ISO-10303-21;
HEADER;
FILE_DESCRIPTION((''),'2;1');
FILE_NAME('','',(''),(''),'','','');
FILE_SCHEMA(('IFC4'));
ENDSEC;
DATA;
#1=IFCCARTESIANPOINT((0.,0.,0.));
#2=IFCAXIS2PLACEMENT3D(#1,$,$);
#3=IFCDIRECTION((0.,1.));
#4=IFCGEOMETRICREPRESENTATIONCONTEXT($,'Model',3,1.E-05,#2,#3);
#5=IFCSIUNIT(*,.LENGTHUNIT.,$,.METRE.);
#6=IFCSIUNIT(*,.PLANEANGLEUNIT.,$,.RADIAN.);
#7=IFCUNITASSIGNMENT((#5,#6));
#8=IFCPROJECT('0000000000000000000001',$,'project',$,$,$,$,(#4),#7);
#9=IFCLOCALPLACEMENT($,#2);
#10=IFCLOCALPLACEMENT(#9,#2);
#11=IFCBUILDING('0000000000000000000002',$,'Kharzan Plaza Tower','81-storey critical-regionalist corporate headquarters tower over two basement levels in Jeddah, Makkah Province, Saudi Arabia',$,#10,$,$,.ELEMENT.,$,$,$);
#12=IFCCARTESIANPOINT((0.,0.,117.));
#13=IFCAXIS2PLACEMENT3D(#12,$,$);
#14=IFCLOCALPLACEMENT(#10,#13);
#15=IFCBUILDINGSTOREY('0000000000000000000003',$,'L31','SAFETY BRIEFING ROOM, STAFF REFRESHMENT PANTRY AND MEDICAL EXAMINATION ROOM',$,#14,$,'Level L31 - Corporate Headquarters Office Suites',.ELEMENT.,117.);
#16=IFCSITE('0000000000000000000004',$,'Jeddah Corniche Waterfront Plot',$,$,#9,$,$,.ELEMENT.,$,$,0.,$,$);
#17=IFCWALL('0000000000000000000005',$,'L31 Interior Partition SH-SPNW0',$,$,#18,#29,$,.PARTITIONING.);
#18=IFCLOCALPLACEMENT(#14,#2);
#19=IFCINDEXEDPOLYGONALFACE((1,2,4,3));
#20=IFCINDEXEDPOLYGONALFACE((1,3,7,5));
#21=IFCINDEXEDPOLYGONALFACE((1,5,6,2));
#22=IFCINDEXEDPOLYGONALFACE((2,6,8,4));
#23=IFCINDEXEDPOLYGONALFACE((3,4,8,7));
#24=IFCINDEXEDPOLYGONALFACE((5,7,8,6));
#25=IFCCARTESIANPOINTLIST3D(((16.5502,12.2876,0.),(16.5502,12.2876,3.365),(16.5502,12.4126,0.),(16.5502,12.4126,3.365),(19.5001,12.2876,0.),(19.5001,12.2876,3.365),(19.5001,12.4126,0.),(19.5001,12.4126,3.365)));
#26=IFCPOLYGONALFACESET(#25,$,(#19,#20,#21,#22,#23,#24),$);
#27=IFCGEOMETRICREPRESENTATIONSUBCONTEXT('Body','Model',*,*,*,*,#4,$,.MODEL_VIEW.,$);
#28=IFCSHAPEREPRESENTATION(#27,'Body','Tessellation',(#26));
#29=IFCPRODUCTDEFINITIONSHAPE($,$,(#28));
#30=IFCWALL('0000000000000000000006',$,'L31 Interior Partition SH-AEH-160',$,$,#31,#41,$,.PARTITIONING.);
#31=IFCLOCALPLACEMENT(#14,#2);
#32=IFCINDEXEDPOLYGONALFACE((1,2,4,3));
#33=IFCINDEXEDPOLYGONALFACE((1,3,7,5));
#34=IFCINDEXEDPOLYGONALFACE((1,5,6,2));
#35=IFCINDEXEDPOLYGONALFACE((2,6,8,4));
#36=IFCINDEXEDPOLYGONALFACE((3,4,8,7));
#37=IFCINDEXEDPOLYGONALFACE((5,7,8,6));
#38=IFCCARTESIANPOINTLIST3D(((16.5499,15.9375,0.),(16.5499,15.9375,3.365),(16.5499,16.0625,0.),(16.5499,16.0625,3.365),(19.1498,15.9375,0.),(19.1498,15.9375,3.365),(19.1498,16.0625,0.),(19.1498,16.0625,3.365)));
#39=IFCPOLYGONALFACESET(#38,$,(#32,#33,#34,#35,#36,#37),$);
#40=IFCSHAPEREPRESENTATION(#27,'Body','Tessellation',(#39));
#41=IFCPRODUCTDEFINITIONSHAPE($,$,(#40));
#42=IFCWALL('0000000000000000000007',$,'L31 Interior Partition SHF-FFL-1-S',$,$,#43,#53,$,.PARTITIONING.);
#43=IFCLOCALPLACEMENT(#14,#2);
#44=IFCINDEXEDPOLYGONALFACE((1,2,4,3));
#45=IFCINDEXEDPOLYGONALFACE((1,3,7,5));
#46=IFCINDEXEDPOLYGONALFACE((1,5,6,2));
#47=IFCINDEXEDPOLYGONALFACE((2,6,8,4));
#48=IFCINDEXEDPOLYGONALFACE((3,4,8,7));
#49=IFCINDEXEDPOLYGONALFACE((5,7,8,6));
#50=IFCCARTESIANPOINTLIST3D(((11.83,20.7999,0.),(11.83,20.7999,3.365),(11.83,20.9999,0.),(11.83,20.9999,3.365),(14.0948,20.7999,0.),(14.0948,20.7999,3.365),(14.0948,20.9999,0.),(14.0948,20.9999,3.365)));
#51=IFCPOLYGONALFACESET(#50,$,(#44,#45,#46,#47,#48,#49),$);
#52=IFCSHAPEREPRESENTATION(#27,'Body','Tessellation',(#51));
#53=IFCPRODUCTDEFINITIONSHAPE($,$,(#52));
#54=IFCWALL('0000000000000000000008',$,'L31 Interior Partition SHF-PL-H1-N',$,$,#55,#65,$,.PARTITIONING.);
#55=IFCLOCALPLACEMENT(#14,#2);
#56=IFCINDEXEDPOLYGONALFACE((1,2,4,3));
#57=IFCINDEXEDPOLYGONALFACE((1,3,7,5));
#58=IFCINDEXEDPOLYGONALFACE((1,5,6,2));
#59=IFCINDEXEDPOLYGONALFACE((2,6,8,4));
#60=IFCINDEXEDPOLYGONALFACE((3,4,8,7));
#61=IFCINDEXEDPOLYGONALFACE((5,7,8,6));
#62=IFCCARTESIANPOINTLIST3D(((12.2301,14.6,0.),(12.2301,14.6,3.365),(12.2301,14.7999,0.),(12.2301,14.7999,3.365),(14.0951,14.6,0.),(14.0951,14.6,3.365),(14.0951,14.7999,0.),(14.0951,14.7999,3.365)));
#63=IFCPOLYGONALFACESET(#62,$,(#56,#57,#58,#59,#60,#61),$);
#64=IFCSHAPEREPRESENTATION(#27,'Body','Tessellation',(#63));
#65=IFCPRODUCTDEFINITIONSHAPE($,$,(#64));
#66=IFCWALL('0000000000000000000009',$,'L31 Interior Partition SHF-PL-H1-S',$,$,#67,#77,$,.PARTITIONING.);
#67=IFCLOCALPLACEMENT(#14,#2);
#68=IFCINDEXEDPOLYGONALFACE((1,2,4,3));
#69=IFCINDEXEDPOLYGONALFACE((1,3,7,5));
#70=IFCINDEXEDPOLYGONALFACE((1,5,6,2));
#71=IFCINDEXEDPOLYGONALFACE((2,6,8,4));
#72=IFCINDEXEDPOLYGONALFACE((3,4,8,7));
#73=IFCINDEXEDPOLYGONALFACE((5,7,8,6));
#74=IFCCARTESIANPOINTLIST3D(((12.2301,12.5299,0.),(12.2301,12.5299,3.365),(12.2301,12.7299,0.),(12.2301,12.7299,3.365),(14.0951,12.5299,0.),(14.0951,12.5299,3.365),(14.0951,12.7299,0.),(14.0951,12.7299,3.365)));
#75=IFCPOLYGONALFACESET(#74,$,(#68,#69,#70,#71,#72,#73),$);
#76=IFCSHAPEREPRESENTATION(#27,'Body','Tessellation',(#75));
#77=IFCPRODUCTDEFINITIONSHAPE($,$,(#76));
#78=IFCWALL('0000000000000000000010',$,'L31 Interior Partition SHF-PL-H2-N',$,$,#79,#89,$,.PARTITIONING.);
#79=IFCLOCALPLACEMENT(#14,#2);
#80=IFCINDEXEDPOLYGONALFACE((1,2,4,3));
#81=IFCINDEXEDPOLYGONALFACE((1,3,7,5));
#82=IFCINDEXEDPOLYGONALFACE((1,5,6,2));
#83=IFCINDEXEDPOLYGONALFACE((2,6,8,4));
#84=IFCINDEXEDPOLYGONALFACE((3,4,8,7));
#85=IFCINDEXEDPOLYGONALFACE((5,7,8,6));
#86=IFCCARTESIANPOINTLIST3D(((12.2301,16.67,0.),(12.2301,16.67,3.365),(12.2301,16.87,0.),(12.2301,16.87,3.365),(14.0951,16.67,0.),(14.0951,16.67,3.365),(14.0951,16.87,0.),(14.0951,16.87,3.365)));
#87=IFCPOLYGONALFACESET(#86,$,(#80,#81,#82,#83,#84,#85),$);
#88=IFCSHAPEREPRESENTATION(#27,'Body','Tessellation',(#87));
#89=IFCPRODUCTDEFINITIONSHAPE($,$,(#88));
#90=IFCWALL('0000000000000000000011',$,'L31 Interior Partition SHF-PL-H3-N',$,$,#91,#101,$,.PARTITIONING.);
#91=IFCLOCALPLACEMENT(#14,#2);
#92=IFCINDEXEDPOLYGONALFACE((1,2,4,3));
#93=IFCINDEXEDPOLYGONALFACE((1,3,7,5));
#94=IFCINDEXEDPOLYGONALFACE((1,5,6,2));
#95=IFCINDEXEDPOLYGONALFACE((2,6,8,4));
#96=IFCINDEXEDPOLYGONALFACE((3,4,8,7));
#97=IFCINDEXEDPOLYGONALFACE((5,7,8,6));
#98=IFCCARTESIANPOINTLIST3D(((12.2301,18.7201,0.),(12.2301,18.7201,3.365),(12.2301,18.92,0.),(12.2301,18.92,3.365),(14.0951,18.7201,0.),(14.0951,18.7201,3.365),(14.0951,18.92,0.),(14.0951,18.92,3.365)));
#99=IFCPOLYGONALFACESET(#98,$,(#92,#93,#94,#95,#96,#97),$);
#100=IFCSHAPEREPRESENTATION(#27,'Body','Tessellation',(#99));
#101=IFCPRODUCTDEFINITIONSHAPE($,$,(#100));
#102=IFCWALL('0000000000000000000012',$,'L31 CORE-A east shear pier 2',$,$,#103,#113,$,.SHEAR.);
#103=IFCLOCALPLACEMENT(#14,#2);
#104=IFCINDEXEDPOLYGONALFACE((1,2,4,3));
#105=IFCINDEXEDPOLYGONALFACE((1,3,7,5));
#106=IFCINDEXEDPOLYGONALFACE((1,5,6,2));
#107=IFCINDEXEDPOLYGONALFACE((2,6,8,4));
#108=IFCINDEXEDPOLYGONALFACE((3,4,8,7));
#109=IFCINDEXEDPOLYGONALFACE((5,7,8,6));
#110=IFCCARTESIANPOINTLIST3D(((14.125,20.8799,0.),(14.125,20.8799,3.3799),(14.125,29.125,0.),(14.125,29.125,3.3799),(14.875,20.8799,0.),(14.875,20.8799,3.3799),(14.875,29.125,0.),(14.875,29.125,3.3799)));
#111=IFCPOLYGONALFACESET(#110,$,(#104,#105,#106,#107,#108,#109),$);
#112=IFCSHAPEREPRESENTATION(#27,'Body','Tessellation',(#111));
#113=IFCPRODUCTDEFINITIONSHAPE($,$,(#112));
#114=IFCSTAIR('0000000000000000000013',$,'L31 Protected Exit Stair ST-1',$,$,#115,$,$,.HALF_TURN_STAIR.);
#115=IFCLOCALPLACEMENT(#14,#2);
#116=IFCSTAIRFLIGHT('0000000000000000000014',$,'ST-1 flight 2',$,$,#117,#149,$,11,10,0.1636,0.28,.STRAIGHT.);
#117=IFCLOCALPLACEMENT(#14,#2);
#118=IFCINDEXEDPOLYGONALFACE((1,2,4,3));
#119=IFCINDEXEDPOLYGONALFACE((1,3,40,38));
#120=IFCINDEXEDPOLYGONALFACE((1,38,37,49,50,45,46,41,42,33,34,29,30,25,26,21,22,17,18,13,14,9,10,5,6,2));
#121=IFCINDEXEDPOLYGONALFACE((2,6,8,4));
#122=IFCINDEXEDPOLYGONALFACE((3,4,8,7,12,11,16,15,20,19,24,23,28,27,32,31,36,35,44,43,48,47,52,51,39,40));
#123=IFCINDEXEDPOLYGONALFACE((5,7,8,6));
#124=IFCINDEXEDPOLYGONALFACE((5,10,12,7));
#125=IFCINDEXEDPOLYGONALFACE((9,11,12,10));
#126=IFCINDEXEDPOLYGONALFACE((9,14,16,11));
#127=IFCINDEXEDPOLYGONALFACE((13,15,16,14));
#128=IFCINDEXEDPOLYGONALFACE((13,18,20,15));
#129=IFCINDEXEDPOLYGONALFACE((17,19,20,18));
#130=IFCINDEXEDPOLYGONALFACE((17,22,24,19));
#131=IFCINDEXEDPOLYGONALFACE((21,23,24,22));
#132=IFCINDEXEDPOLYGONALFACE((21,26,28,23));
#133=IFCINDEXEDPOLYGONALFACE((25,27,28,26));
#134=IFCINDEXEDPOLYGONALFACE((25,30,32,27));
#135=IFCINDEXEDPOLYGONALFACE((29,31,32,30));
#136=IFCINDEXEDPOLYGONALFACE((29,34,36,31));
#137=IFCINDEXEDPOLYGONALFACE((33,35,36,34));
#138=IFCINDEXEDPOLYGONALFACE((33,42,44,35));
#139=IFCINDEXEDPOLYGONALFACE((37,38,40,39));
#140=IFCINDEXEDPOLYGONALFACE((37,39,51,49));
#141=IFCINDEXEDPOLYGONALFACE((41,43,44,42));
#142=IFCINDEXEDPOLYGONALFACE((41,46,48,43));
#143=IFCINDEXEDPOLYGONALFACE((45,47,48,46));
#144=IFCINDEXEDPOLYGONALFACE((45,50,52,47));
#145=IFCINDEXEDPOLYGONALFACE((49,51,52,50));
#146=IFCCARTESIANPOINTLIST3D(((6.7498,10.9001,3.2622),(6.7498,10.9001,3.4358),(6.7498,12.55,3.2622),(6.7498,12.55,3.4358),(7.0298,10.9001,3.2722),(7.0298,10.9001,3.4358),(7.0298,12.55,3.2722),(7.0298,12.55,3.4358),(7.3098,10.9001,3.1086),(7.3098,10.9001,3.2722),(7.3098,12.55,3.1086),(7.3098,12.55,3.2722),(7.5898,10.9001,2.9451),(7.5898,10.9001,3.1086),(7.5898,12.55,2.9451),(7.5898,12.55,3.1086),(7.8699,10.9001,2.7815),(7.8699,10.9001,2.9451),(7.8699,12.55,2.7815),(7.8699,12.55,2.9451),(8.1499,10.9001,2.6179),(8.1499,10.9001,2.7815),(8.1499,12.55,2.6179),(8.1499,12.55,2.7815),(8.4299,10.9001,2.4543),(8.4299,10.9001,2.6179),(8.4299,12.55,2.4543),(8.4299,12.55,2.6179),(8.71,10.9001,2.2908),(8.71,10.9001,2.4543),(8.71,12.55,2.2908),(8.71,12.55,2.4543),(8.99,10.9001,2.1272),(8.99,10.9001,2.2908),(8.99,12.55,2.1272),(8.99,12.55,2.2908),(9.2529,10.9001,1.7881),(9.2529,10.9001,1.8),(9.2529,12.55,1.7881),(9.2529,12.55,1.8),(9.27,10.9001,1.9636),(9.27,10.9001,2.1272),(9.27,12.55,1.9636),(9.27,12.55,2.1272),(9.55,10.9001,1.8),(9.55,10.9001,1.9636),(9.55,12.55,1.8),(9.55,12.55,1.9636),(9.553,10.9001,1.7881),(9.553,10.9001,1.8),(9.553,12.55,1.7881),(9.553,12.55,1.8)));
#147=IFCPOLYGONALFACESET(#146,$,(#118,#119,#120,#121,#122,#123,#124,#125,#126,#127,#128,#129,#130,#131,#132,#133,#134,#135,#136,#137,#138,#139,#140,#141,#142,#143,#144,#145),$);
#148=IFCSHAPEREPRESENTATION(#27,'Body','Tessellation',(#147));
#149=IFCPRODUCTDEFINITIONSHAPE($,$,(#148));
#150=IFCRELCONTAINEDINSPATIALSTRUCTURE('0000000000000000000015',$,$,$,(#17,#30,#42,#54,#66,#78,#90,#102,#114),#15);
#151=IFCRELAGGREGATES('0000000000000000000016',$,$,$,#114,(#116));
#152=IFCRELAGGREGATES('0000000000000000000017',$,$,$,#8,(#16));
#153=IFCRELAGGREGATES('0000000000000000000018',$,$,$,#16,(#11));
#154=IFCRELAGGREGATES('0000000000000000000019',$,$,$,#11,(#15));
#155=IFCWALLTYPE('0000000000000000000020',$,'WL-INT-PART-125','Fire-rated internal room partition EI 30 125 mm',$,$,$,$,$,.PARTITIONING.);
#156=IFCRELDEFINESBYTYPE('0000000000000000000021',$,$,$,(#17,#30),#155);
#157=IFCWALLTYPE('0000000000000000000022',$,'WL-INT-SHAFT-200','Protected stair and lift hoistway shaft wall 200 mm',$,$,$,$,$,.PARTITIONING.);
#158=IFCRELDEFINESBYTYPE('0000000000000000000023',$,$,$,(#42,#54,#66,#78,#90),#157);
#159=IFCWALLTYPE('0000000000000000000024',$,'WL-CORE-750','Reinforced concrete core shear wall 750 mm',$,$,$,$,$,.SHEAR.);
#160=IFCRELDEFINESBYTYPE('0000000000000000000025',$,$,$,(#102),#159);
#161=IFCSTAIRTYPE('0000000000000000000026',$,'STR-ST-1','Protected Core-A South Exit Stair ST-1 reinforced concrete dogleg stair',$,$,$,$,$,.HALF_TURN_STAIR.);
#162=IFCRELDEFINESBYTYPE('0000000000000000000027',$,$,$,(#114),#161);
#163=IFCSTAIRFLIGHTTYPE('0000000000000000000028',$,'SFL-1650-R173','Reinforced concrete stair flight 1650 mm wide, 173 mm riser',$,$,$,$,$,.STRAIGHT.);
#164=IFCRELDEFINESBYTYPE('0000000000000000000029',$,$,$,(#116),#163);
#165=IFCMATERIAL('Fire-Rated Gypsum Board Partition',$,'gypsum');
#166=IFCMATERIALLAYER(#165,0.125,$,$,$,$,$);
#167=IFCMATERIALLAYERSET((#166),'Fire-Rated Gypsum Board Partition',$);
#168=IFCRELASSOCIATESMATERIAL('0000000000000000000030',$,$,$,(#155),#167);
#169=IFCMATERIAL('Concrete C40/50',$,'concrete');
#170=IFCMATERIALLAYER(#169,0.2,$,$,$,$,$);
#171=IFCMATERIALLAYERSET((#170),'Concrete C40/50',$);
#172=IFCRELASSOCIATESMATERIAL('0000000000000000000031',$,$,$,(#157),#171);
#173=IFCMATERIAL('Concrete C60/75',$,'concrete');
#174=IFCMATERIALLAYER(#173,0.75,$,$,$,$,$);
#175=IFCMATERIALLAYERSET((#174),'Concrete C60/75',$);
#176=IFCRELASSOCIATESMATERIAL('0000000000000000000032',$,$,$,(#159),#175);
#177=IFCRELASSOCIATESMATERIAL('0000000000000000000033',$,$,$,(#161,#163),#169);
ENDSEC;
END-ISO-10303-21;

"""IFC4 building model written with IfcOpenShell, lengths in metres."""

from ifc_helpers import new_model, si_unit, direction, frame, frame_2d, origin, place, context, subcontext, project, spatial, polyline, rectangle, outline, extrude, source, transform, mapped, material, layer, layer_set, type_object, element, aggregate, save


model = new_model("IFC4")

# Units and contexts
model_context = context("Model", 3, precision=1e-05, world=origin(), true_north=direction((0.0, 1.0)))
body_context = subcontext(model_context, "Body", "Model", "MODEL_VIEW")
ifc_project = project(units=[si_unit("LENGTHUNIT", "METRE"), si_unit("PLANEANGLEUNIT", "RADIAN")], contexts=[model_context])

# Site, building, storey
site_placement = place(None, origin())
site = spatial("IfcSite", under=ifc_project, at=site_placement, Name="Jeddah Corniche Waterfront Plot", CompositionType="ELEMENT", RefElevation=0.0)
building_placement = place(site_placement, origin())
building = spatial("IfcBuilding", under=site, at=building_placement, Name="Kharzan Plaza Tower", Description="81-storey critical-regionalist corporate headquarters tower over two basement levels in Jeddah, Makkah Province, Saudi Arabia", CompositionType="ELEMENT")
storey_placement = place(building_placement, frame((0.0, 0.0, 117.0)))
storey = spatial("IfcBuildingStorey", under=building, at=storey_placement, Name="L31", Description="SAFETY BRIEFING ROOM, STAFF REFRESHMENT PANTRY AND MEDICAL EXAMINATION ROOM", LongName="Level L31 - Corporate Headquarters Office Suites", CompositionType="ELEMENT", Elevation=117.0)

# Shared definitions
ifc_material_1 = material(Name="Concrete C60/75", Category="concrete")

# Shared definitions
ifc_material_2 = material(Name="Fire-Rated Gypsum Board Partition", Category="gypsum")
ifc_layer_1 = layer(ifc_material_2, 0.125)
ifc_layer_set_1 = layer_set([ifc_layer_1], Name="Fire-Rated Gypsum Board Partition")
wall_type_1 = type_object("IfcWallType", Name="WL-INT-PART-125", Description="Fire-rated internal room partition EI 30 125 mm", PredefinedType="PARTITIONING", material=ifc_layer_set_1)
ifc_material_3 = material(Name="Concrete C40/50", Category="concrete")
ifc_layer_2 = layer(ifc_material_3, 0.2)
ifc_layer_set_2 = layer_set([ifc_layer_2], Name="Concrete C40/50")
wall_type_2 = type_object("IfcWallType", Name="WL-INT-SHAFT-200", Description="Protected stair and lift hoistway shaft wall 200 mm", PredefinedType="PARTITIONING", material=ifc_layer_set_2)

# Walls
shared_shape_1 = source(origin(), body_context, "Body", "SweptSolid", [
    extrude(rectangle(XDim=2.95, YDim=0.125, at=frame_2d((1.4751, 0.0))), origin(), (0.0, 0.0, 1.0), 3.365),
])
wall_1_placement = place(storey_placement, frame((16.55, 12.3501, 0.0), z_axis=(0.0, 0.0, 1.0), x_axis=(1.0, 0.0, 0.0)))
element("IfcWall", 1, at=wall_1_placement, inside=storey, type_object=wall_type_1, Name="L31 Interior Partition SH-SPNW0", PredefinedType="PARTITIONING", context=body_context, shape_type="MappedRepresentation", body=[
    mapped(shared_shape_1, transform((0.0, 0.0, 0.0), x_axis=(1.0, 0.0, 0.0), y_axis=(0.0, 1.0, 0.0), z_axis=(0.0, 0.0, 1.0))),
])
shared_shape_2 = source(origin(), body_context, "Body", "SweptSolid", [
    extrude(rectangle(XDim=2.5999, YDim=0.125, at=frame_2d((1.2998, 0.0))), origin(), (0.0, 0.0, 1.0), 3.365),
])
wall_2_placement = place(storey_placement, frame((16.55, 16.0, 0.0), z_axis=(0.0, 0.0, 1.0), x_axis=(1.0, 0.0, 0.0)))
element("IfcWall", 2, at=wall_2_placement, inside=storey, type_object=wall_type_1, Name="L31 Interior Partition SH-AEH-160", PredefinedType="PARTITIONING", context=body_context, shape_type="MappedRepresentation", body=[
    mapped(shared_shape_2, transform((0.0, 0.0, 0.0), x_axis=(1.0, 0.0, 0.0), y_axis=(0.0, 1.0, 0.0), z_axis=(0.0, 0.0, 1.0))),
])
shared_shape_3 = source(origin(), body_context, "Body", "SweptSolid", [
    extrude(rectangle(XDim=2.2649, YDim=0.2, at=frame_2d((1.1323, 0.0))), origin(), (0.0, 0.0, 1.0), 3.365),
])
wall_3_placement = place(storey_placement, frame((11.8301, 20.8999, 0.0), z_axis=(0.0, 0.0, 1.0), x_axis=(1.0, 0.0, 0.0)))
element("IfcWall", 3, at=wall_3_placement, inside=storey, type_object=wall_type_2, Name="L31 Interior Partition SHF-FFL-1-S", PredefinedType="PARTITIONING", context=body_context, shape_type="MappedRepresentation", body=[
    mapped(shared_shape_3, transform((0.0, 0.0, 0.0), x_axis=(1.0, 0.0, 0.0), y_axis=(0.0, 1.0, 0.0), z_axis=(0.0, 0.0, 1.0))),
])
shared_shape_4 = source(origin(), body_context, "Body", "SweptSolid", [
    extrude(rectangle(XDim=1.865, YDim=0.2, at=frame_2d((0.9326, 0.0))), origin(), (0.0, 0.0, 1.0), 3.365),
])
for number, where, z_axis, x_axis, name in (
    (4, (12.23, 14.7, 0.0), (0.0, 0.0, 1.0), (1.0, 0.0, 0.0), "L31 Interior Partition SHF-PL-H1-N"),
    (5, (12.23, 12.6299, 0.0), (0.0, 0.0, 1.0), (1.0, 0.0, 0.0), "L31 Interior Partition SHF-PL-H1-S"),
    (6, (12.23, 16.77, 0.0), (0.0, 0.0, 1.0), (1.0, 0.0, 0.0), "L31 Interior Partition SHF-PL-H2-N"),
    (7, (12.23, 18.8201, 0.0), (0.0, 0.0, 1.0), (1.0, 0.0, 0.0), "L31 Interior Partition SHF-PL-H3-N"),
):
    element("IfcWall", number, at=place(storey_placement, frame(where, z_axis=z_axis, x_axis=x_axis)), inside=storey, type_object=wall_type_2, Name=name, PredefinedType="PARTITIONING", context=body_context, shape_type="MappedRepresentation", body=[
        mapped(shared_shape_4, transform((0.0, 0.0, 0.0), x_axis=(1.0, 0.0, 0.0), y_axis=(0.0, 1.0, 0.0), z_axis=(0.0, 0.0, 1.0))),
    ])
ifc_layer_3 = layer(ifc_material_1, 0.75)
ifc_layer_set_3 = layer_set([ifc_layer_3], Name="Concrete C60/75")
wall_type_3 = type_object("IfcWallType", Name="WL-CORE-750", Description="Reinforced concrete core shear wall 750 mm", PredefinedType="SHEAR", material=ifc_layer_set_3)
shared_shape_5 = source(origin(), body_context, "Body", "SweptSolid", [
    extrude(rectangle(XDim=8.2451, YDim=0.75, at=frame_2d((4.1226, 0.0))), origin(), (0.0, 0.0, 1.0), 3.3799),
])
wall_4_placement = place(storey_placement, frame((14.5, 20.8799, 0.0), z_axis=(0.0, 0.0, 1.0), x_axis=(0.0, 1.0, 0.0)))
element("IfcWall", 8, at=wall_4_placement, inside=storey, type_object=wall_type_3, Name="L31 CORE-A east shear pier 2", PredefinedType="SHEAR", context=body_context, shape_type="MappedRepresentation", body=[
    mapped(shared_shape_5, transform((0.0, 0.0, 0.0), x_axis=(1.0, 0.0, 0.0), y_axis=(0.0, 1.0, 0.0), z_axis=(0.0, 0.0, 1.0))),
])

# Stair, stair flight
stair_type = type_object("IfcStairType", Name="STR-ST-1", Description="Protected Core-A South Exit Stair ST-1 reinforced concrete dogleg stair", PredefinedType="HALF_TURN_STAIR", material=ifc_material_3)
stair_placement = place(storey_placement, origin())
stair = element("IfcStair", 9, at=stair_placement, inside=storey, type_object=stair_type, Name="L31 Protected Exit Stair ST-1", PredefinedType="HALF_TURN_STAIR")
stair_flight_type = type_object("IfcStairFlightType", Name="SFL-1650-R173", Description="Reinforced concrete stair flight 1650 mm wide, 173 mm riser", PredefinedType="STRAIGHT", material=ifc_material_3)
shared_shape_6 = source(origin(), body_context, "Body", "SweptSolid", [
    extrude(outline(polyline([(-0.0029, -0.012), (-0.0029, 0.0), (0.0, 0.0), (0.0, 0.1636), (0.28, 0.1636), (0.28, 0.3271), (0.5601, 0.3271), (0.5601, 0.4907), (0.8401, 0.4907), (0.8401, 0.6543), (1.1201, 0.6543), (1.1201, 0.8179), (1.4001, 0.8179), (1.4001, 0.9814), (1.6802, 0.9814), (1.6802, 1.145), (1.9602, 1.145), (1.9602, 1.3086), (2.2402, 1.3086), (2.2402, 1.4722), (2.5203, 1.4722), (2.5203, 1.6357), (2.8003, 1.6357), (2.8003, 1.7993), (2.8003, 1.4622), (0.2971, 0.0), (0.2971, -0.012), (-0.0029, -0.012)])), frame((0.0, 0.825, 0.0), z_axis=(0.0, -1.0, 0.0), x_axis=(1.0, 0.0, 0.0)), (0.0, 0.0, 1.0), 1.6499),
])
stair_flight_placement = place(storey_placement, frame((9.55, 11.7251, 1.8), z_axis=(0.0, 0.0, 1.0), x_axis=(-1.0, 0.0, 0.0)))
stair_flight = element("IfcStairFlight", 10, at=stair_flight_placement, type_object=stair_flight_type, Name="ST-1 flight 2", NumberOfRisers=11, NumberOfTreads=10, PredefinedType="STRAIGHT", RiserHeight=0.1636, TreadLength=0.28, context=body_context, shape_type="MappedRepresentation", body=[
    mapped(shared_shape_6, transform((0.0, 0.0, 0.0), x_axis=(1.0, 0.0, 0.0), y_axis=(0.0, 1.0, 0.0), z_axis=(0.0, 0.0, 1.0))),
])
aggregate(stair, [stair_flight])

save(model, "model.ifc")
